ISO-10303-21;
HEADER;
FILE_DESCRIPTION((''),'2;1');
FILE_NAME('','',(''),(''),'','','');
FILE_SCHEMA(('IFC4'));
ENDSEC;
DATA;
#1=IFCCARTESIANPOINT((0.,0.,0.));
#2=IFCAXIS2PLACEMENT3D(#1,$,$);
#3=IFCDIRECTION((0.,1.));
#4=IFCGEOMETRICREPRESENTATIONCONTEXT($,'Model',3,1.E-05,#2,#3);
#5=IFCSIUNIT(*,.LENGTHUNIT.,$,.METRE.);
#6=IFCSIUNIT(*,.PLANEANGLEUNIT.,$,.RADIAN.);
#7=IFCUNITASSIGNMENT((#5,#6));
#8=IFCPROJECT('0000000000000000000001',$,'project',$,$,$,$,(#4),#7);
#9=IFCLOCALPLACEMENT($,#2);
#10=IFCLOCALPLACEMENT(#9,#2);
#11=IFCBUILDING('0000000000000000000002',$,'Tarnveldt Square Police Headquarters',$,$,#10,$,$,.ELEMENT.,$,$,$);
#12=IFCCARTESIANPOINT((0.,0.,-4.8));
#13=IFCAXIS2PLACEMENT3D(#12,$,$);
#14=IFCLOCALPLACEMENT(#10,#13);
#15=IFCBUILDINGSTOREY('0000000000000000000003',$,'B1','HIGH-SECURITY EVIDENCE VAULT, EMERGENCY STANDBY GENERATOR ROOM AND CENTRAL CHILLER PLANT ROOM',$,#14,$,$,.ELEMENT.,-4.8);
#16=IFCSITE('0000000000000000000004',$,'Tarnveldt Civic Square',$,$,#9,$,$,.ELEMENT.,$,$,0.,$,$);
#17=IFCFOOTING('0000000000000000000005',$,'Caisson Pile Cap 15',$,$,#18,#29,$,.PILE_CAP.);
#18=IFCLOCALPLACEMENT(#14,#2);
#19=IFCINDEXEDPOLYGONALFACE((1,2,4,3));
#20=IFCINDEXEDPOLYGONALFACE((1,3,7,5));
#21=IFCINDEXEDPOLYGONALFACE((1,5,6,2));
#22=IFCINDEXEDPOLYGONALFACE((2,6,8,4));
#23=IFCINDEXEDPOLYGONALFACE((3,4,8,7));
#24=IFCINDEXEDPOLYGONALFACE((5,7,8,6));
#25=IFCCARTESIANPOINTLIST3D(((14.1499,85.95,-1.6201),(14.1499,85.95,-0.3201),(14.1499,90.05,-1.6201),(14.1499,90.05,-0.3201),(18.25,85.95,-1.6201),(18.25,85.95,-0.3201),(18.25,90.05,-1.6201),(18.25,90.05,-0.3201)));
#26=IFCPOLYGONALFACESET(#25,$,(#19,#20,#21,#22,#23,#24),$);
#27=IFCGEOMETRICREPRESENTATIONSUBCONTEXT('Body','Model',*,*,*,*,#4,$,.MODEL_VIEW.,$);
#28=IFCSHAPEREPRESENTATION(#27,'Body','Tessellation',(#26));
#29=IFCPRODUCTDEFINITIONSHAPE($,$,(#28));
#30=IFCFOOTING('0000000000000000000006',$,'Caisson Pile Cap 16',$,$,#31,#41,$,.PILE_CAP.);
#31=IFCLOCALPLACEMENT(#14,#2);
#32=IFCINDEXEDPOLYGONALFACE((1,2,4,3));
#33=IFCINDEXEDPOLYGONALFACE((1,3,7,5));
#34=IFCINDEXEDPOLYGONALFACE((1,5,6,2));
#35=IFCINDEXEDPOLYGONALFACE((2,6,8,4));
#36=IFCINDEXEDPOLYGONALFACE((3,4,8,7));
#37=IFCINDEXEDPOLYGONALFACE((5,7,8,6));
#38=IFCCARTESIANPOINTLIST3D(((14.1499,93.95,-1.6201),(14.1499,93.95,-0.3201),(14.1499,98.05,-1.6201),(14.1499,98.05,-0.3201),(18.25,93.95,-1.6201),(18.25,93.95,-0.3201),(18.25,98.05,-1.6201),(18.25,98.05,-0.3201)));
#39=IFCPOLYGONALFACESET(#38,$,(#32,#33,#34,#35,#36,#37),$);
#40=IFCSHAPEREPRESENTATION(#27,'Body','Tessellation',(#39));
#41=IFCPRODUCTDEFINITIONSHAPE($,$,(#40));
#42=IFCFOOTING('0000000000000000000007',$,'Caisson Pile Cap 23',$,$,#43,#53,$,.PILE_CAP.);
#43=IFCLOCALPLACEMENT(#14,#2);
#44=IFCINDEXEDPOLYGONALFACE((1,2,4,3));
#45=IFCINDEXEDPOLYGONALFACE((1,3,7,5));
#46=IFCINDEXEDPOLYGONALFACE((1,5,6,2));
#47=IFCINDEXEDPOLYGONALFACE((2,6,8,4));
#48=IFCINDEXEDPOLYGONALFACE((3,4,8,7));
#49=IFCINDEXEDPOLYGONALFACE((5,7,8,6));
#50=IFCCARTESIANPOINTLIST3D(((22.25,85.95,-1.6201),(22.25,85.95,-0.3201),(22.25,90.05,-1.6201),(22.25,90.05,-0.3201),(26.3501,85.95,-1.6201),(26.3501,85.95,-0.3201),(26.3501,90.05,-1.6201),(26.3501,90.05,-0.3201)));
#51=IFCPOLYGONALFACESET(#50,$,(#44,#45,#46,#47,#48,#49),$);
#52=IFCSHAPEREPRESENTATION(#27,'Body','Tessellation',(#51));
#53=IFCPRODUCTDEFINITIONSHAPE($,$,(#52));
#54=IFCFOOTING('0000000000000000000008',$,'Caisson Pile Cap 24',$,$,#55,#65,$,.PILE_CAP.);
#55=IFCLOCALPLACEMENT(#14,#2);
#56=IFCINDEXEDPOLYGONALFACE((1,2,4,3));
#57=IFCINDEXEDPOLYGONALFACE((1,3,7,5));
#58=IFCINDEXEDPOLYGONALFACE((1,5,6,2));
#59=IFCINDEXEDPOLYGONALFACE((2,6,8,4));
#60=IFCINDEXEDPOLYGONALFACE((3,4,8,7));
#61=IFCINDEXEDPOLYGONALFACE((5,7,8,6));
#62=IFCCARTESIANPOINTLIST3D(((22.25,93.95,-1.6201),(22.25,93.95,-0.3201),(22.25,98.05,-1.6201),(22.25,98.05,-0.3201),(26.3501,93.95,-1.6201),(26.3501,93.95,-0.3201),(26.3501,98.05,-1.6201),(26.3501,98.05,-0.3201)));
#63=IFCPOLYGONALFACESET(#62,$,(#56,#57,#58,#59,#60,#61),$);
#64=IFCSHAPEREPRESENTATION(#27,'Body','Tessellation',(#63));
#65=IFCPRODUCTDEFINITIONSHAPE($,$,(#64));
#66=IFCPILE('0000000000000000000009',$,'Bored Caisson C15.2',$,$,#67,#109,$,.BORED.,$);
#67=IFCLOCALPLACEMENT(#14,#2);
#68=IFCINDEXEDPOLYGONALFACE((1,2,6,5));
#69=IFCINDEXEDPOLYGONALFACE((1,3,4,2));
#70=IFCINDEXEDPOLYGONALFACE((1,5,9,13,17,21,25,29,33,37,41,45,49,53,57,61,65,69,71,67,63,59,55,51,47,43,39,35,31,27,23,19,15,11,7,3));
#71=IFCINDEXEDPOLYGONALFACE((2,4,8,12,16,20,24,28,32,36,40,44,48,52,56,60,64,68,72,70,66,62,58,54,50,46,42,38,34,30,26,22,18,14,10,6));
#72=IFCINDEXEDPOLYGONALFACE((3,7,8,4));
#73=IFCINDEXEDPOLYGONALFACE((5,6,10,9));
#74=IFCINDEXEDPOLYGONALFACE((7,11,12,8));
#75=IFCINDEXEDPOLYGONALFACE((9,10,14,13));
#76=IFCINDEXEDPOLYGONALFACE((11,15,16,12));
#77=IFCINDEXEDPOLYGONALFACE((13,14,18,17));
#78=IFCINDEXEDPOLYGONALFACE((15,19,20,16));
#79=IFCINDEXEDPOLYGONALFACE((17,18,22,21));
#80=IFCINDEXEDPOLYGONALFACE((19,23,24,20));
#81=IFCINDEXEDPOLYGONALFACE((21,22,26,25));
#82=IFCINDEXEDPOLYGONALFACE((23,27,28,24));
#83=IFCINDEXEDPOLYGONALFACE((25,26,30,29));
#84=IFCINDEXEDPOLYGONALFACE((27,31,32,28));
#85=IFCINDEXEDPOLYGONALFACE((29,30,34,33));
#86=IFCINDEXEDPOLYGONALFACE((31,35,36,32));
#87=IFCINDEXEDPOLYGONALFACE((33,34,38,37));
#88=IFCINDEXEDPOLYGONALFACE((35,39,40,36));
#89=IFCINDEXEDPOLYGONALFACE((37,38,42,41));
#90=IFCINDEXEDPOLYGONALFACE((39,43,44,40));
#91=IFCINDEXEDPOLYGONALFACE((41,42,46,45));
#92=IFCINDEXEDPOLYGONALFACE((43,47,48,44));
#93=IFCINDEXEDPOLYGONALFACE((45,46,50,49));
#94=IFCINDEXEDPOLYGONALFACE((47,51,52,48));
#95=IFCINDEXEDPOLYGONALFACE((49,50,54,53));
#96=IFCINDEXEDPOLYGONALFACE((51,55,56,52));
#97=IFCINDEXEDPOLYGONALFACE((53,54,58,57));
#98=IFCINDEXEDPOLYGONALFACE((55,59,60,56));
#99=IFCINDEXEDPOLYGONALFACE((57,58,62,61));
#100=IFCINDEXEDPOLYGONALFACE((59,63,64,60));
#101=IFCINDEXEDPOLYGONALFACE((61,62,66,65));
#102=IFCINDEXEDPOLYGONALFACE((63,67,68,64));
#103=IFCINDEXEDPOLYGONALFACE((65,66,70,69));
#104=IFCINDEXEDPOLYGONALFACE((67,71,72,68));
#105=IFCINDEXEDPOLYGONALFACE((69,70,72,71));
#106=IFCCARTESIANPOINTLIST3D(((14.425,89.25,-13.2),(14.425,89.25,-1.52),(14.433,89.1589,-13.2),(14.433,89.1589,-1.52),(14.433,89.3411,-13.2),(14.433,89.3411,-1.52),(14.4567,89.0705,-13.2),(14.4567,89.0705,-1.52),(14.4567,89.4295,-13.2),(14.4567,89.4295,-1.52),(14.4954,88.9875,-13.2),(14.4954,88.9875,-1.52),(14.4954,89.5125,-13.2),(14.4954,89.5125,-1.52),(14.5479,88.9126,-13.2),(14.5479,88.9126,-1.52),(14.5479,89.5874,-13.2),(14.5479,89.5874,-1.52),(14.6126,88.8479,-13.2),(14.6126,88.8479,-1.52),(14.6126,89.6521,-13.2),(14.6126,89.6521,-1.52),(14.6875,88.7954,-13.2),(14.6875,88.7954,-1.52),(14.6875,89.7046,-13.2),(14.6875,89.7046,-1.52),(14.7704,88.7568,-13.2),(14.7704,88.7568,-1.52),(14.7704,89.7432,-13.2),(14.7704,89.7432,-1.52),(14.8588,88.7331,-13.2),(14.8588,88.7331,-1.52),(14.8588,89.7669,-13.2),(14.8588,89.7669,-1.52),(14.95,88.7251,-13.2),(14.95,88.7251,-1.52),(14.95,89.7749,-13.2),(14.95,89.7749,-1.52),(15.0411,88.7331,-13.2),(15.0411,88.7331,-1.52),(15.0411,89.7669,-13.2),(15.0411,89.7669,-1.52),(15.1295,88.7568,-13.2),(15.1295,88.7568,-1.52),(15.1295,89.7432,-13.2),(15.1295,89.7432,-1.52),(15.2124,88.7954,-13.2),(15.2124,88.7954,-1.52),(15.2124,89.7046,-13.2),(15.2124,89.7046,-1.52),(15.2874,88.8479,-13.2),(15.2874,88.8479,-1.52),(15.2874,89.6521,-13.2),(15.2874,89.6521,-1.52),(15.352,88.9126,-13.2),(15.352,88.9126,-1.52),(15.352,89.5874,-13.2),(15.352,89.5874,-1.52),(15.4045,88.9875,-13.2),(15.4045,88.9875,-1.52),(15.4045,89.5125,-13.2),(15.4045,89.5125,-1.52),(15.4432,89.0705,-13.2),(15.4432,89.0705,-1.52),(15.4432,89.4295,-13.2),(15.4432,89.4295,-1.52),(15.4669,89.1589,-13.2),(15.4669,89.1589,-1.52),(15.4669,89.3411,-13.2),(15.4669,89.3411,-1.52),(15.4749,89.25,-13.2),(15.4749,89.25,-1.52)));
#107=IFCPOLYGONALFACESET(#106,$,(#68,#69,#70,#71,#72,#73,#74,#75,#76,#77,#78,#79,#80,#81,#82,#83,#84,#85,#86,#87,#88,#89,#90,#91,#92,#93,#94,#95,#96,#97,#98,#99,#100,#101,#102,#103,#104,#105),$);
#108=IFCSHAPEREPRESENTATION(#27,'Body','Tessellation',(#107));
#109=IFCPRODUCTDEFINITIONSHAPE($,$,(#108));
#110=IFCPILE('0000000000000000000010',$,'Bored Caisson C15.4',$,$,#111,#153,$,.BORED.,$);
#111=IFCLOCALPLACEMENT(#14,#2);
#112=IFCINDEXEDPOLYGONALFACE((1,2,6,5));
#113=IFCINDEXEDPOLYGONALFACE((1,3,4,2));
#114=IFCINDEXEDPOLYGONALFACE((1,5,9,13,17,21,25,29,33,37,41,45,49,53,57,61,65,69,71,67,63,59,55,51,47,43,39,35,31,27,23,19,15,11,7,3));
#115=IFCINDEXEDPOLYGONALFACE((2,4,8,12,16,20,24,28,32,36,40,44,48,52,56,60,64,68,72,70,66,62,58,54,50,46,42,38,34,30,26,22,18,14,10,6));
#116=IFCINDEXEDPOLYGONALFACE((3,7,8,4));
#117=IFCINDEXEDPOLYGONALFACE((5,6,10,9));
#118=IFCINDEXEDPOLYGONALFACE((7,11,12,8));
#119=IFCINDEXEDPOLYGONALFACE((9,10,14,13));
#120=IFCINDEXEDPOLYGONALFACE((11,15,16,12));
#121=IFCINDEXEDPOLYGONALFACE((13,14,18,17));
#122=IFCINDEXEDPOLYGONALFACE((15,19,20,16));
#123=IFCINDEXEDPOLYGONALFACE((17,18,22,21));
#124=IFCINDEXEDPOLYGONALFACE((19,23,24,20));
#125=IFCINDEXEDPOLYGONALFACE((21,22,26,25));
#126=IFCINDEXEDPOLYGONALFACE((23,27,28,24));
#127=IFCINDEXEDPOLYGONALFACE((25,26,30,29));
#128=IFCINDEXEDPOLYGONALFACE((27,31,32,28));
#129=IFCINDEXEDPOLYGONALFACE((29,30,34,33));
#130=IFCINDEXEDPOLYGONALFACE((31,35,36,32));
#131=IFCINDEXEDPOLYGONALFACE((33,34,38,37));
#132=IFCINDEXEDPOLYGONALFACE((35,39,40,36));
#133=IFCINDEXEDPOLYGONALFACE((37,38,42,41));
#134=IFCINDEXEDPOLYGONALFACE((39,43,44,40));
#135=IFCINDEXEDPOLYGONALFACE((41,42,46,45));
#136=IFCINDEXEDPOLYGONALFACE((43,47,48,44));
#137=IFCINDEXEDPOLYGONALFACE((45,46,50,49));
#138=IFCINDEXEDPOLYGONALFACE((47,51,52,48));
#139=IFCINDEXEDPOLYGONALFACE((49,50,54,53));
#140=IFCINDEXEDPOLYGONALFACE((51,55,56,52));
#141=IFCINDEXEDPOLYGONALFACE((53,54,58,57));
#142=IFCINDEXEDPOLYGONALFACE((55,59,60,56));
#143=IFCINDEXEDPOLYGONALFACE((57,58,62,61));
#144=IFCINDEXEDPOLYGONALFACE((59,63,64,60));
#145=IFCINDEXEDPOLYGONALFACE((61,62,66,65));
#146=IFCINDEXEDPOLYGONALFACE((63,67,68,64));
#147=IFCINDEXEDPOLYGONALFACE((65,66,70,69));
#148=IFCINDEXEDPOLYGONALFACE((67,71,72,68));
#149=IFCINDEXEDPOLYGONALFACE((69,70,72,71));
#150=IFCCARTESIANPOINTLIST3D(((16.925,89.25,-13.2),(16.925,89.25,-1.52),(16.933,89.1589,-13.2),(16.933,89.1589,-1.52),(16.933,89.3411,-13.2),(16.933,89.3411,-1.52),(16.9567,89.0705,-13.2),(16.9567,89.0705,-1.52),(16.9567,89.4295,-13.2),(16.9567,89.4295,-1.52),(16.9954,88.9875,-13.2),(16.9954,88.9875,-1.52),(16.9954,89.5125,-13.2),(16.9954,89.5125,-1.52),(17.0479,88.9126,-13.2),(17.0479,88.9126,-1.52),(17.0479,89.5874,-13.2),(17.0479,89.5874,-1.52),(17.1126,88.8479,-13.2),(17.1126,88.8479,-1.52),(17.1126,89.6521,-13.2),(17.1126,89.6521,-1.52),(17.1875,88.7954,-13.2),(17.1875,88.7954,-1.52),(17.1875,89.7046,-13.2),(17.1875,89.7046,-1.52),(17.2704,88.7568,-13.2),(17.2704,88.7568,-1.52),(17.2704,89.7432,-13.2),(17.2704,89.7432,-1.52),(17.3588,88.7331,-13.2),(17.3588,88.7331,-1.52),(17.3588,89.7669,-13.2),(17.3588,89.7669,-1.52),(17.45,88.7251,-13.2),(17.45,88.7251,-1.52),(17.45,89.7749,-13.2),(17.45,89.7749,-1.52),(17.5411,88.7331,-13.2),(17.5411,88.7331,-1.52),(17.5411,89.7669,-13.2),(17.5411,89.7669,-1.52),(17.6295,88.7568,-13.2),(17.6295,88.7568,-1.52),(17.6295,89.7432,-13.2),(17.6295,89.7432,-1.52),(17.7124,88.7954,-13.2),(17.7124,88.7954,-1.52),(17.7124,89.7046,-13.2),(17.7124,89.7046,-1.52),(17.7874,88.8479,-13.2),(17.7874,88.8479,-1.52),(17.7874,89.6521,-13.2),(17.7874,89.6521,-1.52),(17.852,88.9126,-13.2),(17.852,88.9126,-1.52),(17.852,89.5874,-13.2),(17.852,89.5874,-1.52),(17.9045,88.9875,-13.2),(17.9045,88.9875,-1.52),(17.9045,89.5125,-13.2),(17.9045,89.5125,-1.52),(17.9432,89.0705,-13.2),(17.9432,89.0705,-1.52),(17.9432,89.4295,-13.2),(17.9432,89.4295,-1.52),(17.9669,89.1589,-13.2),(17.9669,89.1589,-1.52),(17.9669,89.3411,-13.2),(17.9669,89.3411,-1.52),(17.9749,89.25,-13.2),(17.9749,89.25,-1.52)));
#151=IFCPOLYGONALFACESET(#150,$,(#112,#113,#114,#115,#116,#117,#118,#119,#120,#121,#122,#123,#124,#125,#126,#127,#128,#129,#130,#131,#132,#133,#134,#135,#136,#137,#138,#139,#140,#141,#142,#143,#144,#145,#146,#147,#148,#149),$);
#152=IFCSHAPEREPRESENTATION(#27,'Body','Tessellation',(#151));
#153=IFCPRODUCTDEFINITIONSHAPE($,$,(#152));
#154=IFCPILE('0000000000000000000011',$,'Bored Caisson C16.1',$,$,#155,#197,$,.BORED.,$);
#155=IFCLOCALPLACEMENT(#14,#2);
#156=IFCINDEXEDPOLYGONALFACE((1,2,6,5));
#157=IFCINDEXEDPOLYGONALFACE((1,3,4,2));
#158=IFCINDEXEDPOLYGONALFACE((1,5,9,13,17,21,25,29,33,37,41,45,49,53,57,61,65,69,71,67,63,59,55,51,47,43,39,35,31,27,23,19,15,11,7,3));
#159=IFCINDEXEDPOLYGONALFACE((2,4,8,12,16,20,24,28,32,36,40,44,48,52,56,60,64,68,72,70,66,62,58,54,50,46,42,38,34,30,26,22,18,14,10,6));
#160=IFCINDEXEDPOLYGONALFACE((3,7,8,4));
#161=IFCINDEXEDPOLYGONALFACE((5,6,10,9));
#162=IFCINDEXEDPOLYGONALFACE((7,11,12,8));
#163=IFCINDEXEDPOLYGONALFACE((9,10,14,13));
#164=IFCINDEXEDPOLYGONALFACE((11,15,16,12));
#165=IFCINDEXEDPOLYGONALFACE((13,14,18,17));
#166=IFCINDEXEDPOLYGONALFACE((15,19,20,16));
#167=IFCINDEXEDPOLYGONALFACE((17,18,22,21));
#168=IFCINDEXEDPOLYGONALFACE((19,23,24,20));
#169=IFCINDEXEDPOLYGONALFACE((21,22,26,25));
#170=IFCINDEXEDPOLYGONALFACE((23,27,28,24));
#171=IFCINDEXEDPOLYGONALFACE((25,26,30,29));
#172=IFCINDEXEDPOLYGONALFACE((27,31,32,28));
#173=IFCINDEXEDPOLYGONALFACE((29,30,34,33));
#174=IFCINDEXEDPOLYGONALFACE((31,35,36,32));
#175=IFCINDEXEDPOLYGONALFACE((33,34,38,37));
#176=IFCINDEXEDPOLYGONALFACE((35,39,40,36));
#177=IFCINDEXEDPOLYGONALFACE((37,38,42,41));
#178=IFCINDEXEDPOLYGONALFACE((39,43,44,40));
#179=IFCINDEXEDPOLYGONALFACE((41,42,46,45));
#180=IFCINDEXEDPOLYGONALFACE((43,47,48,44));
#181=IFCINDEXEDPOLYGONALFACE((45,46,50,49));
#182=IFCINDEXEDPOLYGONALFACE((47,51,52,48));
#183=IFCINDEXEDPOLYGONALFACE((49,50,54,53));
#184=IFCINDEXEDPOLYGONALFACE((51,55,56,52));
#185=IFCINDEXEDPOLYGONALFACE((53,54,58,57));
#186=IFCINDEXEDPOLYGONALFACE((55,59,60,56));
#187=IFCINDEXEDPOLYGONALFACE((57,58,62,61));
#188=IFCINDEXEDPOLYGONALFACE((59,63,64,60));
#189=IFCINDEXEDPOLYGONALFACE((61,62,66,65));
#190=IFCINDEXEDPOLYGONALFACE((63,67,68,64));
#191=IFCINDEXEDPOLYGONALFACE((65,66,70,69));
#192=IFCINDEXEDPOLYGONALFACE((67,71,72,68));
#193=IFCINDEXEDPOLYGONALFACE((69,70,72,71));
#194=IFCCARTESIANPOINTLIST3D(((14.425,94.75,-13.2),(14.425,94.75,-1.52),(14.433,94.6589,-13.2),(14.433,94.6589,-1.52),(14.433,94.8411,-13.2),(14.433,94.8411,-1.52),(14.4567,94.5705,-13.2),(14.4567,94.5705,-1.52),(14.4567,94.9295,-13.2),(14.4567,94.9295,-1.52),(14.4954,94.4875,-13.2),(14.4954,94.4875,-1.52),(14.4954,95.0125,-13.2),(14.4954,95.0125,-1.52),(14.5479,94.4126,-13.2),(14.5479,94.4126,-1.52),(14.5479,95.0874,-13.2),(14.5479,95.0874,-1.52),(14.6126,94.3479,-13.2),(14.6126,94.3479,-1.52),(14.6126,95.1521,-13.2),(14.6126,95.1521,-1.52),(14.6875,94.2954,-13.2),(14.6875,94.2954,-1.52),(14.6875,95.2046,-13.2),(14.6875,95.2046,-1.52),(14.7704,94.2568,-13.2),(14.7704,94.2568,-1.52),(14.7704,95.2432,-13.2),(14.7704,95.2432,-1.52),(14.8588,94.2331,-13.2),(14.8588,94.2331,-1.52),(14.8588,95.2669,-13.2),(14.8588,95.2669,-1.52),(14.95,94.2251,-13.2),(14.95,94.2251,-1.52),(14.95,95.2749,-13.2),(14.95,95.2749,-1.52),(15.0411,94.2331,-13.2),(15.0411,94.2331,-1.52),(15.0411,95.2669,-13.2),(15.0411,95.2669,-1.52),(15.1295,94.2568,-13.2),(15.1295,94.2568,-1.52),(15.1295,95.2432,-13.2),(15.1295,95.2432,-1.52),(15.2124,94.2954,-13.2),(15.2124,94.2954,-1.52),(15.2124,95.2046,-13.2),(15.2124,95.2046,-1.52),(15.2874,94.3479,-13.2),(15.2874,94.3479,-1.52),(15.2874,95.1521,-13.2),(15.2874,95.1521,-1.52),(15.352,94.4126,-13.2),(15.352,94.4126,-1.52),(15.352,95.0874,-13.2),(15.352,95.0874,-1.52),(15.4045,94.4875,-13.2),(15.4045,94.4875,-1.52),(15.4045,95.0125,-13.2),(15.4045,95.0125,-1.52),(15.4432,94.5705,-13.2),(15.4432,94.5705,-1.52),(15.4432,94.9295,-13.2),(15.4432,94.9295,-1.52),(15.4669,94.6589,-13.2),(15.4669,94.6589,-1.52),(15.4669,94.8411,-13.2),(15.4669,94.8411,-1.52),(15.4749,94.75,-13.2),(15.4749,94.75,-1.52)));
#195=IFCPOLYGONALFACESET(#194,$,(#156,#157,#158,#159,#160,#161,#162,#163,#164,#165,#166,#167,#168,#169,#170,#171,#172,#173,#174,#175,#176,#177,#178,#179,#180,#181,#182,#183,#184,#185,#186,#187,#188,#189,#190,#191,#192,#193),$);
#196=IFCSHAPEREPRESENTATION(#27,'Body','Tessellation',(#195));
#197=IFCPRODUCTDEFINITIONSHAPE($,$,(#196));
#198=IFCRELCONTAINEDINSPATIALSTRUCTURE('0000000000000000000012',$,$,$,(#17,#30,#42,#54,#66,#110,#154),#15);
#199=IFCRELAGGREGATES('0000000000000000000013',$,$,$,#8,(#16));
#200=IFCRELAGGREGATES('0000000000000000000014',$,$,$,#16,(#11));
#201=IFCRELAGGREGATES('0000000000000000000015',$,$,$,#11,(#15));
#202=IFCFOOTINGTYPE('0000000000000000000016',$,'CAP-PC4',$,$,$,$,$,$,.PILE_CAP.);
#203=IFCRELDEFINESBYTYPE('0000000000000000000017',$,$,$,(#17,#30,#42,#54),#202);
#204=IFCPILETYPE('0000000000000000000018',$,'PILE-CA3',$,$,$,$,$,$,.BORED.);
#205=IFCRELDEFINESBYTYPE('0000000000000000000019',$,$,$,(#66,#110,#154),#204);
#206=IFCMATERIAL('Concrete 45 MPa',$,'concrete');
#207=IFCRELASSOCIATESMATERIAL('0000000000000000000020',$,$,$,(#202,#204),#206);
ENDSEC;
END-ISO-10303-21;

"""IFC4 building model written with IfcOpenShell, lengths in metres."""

from ifc_helpers import new_model, si_unit, direction, frame, origin, origin_2d, place, context, subcontext, project, spatial, rectangle, circle, extrude, material, material_profile, profile_set, type_object, element, save


model = new_model("IFC4")

# Units and contexts
model_context = context("Model", 3, precision=1e-05, world=origin(), true_north=direction((0.0, 1.0)))
body_context = subcontext(model_context, "Body", "Model", "MODEL_VIEW")
ifc_project = project(units=[si_unit("LENGTHUNIT", "METRE"), si_unit("PLANEANGLEUNIT", "RADIAN")], contexts=[model_context])

# Site, building, storey
site_placement = place(None, origin())
site = spatial("IfcSite", under=ifc_project, at=site_placement, Name="Tarnveldt Civic Square", CompositionType="ELEMENT", RefElevation=0.0)
building_placement = place(site_placement, origin())
building = spatial("IfcBuilding", under=site, at=building_placement, Name="Tarnveldt Square Police Headquarters", CompositionType="ELEMENT")
storey_placement = place(building_placement, frame((0.0, 0.0, -4.8)))
storey = spatial("IfcBuildingStorey", under=building, at=storey_placement, Name="B1", Description="HIGH-SECURITY EVIDENCE VAULT, EMERGENCY STANDBY GENERATOR ROOM AND CENTRAL CHILLER PLANT ROOM", CompositionType="ELEMENT", Elevation=-4.8)

# Footings
ifc_material_1 = material(Name="Concrete 45 MPa", Category="concrete")
footing_type = type_object("IfcFootingType", Name="CAP-PC4", PredefinedType="PILE_CAP", material=ifc_material_1)
for number, where, z_axis, x_axis, name in (
    (1, (16.2, 88.0, -1.6201), (0.0, 0.0, 1.0), (1.0, 0.0, 0.0), "Caisson Pile Cap 15"),
    (2, (16.2, 96.0, -1.6201), (0.0, 0.0, 1.0), (1.0, 0.0, 0.0), "Caisson Pile Cap 16"),
    (3, (24.3, 88.0, -1.6201), (0.0, 0.0, 1.0), (1.0, 0.0, 0.0), "Caisson Pile Cap 23"),
    (4, (24.3, 96.0, -1.6201), (0.0, 0.0, 1.0), (1.0, 0.0, 0.0), "Caisson Pile Cap 24"),
):
    element("IfcFooting", number, at=place(storey_placement, frame(where, z_axis=z_axis, x_axis=x_axis)), inside=storey, type_object=footing_type, Name=name, PredefinedType="PILE_CAP", context=body_context, shape_type="SweptSolid", body=[
        extrude(rectangle(XDim=4.1001, YDim=4.1001, at=origin_2d()), origin(), (0.0, 0.0, 1.0), 1.3),
    ])

# Piles
ifc_material_profile_1 = material_profile(ifc_material_1, circle(Radius=0.5249, at=origin_2d()), Name="CAISSON-D1050")
ifc_profile_set_1 = profile_set([ifc_material_profile_1], Name="Concrete 45 MPa")
pile_type = type_object("IfcPileType", Name="PILE-CA3", PredefinedType="BORED", material=ifc_profile_set_1)
for number, where, z_axis, x_axis, name in (
    (5, (14.95, 89.25, -1.52), (0.0, 0.0, -1.0), (1.0, 0.0, 0.0), "Bored Caisson C15.2"),
    (6, (17.45, 89.25, -1.52), (0.0, 0.0, -1.0), (1.0, 0.0, 0.0), "Bored Caisson C15.4"),
    (7, (14.95, 94.75, -1.52), (0.0, 0.0, -1.0), (1.0, 0.0, 0.0), "Bored Caisson C16.1"),
):
    element("IfcPile", number, at=place(storey_placement, frame(where, z_axis=z_axis, x_axis=x_axis)), inside=storey, type_object=pile_type, Name=name, PredefinedType="BORED", context=body_context, shape_type="SweptSolid", body=[
        extrude(circle(Radius=0.5249, at=origin_2d()), origin(), (0.0, 0.0, 1.0), 11.6799),
    ])

save(model, "model.ifc")
